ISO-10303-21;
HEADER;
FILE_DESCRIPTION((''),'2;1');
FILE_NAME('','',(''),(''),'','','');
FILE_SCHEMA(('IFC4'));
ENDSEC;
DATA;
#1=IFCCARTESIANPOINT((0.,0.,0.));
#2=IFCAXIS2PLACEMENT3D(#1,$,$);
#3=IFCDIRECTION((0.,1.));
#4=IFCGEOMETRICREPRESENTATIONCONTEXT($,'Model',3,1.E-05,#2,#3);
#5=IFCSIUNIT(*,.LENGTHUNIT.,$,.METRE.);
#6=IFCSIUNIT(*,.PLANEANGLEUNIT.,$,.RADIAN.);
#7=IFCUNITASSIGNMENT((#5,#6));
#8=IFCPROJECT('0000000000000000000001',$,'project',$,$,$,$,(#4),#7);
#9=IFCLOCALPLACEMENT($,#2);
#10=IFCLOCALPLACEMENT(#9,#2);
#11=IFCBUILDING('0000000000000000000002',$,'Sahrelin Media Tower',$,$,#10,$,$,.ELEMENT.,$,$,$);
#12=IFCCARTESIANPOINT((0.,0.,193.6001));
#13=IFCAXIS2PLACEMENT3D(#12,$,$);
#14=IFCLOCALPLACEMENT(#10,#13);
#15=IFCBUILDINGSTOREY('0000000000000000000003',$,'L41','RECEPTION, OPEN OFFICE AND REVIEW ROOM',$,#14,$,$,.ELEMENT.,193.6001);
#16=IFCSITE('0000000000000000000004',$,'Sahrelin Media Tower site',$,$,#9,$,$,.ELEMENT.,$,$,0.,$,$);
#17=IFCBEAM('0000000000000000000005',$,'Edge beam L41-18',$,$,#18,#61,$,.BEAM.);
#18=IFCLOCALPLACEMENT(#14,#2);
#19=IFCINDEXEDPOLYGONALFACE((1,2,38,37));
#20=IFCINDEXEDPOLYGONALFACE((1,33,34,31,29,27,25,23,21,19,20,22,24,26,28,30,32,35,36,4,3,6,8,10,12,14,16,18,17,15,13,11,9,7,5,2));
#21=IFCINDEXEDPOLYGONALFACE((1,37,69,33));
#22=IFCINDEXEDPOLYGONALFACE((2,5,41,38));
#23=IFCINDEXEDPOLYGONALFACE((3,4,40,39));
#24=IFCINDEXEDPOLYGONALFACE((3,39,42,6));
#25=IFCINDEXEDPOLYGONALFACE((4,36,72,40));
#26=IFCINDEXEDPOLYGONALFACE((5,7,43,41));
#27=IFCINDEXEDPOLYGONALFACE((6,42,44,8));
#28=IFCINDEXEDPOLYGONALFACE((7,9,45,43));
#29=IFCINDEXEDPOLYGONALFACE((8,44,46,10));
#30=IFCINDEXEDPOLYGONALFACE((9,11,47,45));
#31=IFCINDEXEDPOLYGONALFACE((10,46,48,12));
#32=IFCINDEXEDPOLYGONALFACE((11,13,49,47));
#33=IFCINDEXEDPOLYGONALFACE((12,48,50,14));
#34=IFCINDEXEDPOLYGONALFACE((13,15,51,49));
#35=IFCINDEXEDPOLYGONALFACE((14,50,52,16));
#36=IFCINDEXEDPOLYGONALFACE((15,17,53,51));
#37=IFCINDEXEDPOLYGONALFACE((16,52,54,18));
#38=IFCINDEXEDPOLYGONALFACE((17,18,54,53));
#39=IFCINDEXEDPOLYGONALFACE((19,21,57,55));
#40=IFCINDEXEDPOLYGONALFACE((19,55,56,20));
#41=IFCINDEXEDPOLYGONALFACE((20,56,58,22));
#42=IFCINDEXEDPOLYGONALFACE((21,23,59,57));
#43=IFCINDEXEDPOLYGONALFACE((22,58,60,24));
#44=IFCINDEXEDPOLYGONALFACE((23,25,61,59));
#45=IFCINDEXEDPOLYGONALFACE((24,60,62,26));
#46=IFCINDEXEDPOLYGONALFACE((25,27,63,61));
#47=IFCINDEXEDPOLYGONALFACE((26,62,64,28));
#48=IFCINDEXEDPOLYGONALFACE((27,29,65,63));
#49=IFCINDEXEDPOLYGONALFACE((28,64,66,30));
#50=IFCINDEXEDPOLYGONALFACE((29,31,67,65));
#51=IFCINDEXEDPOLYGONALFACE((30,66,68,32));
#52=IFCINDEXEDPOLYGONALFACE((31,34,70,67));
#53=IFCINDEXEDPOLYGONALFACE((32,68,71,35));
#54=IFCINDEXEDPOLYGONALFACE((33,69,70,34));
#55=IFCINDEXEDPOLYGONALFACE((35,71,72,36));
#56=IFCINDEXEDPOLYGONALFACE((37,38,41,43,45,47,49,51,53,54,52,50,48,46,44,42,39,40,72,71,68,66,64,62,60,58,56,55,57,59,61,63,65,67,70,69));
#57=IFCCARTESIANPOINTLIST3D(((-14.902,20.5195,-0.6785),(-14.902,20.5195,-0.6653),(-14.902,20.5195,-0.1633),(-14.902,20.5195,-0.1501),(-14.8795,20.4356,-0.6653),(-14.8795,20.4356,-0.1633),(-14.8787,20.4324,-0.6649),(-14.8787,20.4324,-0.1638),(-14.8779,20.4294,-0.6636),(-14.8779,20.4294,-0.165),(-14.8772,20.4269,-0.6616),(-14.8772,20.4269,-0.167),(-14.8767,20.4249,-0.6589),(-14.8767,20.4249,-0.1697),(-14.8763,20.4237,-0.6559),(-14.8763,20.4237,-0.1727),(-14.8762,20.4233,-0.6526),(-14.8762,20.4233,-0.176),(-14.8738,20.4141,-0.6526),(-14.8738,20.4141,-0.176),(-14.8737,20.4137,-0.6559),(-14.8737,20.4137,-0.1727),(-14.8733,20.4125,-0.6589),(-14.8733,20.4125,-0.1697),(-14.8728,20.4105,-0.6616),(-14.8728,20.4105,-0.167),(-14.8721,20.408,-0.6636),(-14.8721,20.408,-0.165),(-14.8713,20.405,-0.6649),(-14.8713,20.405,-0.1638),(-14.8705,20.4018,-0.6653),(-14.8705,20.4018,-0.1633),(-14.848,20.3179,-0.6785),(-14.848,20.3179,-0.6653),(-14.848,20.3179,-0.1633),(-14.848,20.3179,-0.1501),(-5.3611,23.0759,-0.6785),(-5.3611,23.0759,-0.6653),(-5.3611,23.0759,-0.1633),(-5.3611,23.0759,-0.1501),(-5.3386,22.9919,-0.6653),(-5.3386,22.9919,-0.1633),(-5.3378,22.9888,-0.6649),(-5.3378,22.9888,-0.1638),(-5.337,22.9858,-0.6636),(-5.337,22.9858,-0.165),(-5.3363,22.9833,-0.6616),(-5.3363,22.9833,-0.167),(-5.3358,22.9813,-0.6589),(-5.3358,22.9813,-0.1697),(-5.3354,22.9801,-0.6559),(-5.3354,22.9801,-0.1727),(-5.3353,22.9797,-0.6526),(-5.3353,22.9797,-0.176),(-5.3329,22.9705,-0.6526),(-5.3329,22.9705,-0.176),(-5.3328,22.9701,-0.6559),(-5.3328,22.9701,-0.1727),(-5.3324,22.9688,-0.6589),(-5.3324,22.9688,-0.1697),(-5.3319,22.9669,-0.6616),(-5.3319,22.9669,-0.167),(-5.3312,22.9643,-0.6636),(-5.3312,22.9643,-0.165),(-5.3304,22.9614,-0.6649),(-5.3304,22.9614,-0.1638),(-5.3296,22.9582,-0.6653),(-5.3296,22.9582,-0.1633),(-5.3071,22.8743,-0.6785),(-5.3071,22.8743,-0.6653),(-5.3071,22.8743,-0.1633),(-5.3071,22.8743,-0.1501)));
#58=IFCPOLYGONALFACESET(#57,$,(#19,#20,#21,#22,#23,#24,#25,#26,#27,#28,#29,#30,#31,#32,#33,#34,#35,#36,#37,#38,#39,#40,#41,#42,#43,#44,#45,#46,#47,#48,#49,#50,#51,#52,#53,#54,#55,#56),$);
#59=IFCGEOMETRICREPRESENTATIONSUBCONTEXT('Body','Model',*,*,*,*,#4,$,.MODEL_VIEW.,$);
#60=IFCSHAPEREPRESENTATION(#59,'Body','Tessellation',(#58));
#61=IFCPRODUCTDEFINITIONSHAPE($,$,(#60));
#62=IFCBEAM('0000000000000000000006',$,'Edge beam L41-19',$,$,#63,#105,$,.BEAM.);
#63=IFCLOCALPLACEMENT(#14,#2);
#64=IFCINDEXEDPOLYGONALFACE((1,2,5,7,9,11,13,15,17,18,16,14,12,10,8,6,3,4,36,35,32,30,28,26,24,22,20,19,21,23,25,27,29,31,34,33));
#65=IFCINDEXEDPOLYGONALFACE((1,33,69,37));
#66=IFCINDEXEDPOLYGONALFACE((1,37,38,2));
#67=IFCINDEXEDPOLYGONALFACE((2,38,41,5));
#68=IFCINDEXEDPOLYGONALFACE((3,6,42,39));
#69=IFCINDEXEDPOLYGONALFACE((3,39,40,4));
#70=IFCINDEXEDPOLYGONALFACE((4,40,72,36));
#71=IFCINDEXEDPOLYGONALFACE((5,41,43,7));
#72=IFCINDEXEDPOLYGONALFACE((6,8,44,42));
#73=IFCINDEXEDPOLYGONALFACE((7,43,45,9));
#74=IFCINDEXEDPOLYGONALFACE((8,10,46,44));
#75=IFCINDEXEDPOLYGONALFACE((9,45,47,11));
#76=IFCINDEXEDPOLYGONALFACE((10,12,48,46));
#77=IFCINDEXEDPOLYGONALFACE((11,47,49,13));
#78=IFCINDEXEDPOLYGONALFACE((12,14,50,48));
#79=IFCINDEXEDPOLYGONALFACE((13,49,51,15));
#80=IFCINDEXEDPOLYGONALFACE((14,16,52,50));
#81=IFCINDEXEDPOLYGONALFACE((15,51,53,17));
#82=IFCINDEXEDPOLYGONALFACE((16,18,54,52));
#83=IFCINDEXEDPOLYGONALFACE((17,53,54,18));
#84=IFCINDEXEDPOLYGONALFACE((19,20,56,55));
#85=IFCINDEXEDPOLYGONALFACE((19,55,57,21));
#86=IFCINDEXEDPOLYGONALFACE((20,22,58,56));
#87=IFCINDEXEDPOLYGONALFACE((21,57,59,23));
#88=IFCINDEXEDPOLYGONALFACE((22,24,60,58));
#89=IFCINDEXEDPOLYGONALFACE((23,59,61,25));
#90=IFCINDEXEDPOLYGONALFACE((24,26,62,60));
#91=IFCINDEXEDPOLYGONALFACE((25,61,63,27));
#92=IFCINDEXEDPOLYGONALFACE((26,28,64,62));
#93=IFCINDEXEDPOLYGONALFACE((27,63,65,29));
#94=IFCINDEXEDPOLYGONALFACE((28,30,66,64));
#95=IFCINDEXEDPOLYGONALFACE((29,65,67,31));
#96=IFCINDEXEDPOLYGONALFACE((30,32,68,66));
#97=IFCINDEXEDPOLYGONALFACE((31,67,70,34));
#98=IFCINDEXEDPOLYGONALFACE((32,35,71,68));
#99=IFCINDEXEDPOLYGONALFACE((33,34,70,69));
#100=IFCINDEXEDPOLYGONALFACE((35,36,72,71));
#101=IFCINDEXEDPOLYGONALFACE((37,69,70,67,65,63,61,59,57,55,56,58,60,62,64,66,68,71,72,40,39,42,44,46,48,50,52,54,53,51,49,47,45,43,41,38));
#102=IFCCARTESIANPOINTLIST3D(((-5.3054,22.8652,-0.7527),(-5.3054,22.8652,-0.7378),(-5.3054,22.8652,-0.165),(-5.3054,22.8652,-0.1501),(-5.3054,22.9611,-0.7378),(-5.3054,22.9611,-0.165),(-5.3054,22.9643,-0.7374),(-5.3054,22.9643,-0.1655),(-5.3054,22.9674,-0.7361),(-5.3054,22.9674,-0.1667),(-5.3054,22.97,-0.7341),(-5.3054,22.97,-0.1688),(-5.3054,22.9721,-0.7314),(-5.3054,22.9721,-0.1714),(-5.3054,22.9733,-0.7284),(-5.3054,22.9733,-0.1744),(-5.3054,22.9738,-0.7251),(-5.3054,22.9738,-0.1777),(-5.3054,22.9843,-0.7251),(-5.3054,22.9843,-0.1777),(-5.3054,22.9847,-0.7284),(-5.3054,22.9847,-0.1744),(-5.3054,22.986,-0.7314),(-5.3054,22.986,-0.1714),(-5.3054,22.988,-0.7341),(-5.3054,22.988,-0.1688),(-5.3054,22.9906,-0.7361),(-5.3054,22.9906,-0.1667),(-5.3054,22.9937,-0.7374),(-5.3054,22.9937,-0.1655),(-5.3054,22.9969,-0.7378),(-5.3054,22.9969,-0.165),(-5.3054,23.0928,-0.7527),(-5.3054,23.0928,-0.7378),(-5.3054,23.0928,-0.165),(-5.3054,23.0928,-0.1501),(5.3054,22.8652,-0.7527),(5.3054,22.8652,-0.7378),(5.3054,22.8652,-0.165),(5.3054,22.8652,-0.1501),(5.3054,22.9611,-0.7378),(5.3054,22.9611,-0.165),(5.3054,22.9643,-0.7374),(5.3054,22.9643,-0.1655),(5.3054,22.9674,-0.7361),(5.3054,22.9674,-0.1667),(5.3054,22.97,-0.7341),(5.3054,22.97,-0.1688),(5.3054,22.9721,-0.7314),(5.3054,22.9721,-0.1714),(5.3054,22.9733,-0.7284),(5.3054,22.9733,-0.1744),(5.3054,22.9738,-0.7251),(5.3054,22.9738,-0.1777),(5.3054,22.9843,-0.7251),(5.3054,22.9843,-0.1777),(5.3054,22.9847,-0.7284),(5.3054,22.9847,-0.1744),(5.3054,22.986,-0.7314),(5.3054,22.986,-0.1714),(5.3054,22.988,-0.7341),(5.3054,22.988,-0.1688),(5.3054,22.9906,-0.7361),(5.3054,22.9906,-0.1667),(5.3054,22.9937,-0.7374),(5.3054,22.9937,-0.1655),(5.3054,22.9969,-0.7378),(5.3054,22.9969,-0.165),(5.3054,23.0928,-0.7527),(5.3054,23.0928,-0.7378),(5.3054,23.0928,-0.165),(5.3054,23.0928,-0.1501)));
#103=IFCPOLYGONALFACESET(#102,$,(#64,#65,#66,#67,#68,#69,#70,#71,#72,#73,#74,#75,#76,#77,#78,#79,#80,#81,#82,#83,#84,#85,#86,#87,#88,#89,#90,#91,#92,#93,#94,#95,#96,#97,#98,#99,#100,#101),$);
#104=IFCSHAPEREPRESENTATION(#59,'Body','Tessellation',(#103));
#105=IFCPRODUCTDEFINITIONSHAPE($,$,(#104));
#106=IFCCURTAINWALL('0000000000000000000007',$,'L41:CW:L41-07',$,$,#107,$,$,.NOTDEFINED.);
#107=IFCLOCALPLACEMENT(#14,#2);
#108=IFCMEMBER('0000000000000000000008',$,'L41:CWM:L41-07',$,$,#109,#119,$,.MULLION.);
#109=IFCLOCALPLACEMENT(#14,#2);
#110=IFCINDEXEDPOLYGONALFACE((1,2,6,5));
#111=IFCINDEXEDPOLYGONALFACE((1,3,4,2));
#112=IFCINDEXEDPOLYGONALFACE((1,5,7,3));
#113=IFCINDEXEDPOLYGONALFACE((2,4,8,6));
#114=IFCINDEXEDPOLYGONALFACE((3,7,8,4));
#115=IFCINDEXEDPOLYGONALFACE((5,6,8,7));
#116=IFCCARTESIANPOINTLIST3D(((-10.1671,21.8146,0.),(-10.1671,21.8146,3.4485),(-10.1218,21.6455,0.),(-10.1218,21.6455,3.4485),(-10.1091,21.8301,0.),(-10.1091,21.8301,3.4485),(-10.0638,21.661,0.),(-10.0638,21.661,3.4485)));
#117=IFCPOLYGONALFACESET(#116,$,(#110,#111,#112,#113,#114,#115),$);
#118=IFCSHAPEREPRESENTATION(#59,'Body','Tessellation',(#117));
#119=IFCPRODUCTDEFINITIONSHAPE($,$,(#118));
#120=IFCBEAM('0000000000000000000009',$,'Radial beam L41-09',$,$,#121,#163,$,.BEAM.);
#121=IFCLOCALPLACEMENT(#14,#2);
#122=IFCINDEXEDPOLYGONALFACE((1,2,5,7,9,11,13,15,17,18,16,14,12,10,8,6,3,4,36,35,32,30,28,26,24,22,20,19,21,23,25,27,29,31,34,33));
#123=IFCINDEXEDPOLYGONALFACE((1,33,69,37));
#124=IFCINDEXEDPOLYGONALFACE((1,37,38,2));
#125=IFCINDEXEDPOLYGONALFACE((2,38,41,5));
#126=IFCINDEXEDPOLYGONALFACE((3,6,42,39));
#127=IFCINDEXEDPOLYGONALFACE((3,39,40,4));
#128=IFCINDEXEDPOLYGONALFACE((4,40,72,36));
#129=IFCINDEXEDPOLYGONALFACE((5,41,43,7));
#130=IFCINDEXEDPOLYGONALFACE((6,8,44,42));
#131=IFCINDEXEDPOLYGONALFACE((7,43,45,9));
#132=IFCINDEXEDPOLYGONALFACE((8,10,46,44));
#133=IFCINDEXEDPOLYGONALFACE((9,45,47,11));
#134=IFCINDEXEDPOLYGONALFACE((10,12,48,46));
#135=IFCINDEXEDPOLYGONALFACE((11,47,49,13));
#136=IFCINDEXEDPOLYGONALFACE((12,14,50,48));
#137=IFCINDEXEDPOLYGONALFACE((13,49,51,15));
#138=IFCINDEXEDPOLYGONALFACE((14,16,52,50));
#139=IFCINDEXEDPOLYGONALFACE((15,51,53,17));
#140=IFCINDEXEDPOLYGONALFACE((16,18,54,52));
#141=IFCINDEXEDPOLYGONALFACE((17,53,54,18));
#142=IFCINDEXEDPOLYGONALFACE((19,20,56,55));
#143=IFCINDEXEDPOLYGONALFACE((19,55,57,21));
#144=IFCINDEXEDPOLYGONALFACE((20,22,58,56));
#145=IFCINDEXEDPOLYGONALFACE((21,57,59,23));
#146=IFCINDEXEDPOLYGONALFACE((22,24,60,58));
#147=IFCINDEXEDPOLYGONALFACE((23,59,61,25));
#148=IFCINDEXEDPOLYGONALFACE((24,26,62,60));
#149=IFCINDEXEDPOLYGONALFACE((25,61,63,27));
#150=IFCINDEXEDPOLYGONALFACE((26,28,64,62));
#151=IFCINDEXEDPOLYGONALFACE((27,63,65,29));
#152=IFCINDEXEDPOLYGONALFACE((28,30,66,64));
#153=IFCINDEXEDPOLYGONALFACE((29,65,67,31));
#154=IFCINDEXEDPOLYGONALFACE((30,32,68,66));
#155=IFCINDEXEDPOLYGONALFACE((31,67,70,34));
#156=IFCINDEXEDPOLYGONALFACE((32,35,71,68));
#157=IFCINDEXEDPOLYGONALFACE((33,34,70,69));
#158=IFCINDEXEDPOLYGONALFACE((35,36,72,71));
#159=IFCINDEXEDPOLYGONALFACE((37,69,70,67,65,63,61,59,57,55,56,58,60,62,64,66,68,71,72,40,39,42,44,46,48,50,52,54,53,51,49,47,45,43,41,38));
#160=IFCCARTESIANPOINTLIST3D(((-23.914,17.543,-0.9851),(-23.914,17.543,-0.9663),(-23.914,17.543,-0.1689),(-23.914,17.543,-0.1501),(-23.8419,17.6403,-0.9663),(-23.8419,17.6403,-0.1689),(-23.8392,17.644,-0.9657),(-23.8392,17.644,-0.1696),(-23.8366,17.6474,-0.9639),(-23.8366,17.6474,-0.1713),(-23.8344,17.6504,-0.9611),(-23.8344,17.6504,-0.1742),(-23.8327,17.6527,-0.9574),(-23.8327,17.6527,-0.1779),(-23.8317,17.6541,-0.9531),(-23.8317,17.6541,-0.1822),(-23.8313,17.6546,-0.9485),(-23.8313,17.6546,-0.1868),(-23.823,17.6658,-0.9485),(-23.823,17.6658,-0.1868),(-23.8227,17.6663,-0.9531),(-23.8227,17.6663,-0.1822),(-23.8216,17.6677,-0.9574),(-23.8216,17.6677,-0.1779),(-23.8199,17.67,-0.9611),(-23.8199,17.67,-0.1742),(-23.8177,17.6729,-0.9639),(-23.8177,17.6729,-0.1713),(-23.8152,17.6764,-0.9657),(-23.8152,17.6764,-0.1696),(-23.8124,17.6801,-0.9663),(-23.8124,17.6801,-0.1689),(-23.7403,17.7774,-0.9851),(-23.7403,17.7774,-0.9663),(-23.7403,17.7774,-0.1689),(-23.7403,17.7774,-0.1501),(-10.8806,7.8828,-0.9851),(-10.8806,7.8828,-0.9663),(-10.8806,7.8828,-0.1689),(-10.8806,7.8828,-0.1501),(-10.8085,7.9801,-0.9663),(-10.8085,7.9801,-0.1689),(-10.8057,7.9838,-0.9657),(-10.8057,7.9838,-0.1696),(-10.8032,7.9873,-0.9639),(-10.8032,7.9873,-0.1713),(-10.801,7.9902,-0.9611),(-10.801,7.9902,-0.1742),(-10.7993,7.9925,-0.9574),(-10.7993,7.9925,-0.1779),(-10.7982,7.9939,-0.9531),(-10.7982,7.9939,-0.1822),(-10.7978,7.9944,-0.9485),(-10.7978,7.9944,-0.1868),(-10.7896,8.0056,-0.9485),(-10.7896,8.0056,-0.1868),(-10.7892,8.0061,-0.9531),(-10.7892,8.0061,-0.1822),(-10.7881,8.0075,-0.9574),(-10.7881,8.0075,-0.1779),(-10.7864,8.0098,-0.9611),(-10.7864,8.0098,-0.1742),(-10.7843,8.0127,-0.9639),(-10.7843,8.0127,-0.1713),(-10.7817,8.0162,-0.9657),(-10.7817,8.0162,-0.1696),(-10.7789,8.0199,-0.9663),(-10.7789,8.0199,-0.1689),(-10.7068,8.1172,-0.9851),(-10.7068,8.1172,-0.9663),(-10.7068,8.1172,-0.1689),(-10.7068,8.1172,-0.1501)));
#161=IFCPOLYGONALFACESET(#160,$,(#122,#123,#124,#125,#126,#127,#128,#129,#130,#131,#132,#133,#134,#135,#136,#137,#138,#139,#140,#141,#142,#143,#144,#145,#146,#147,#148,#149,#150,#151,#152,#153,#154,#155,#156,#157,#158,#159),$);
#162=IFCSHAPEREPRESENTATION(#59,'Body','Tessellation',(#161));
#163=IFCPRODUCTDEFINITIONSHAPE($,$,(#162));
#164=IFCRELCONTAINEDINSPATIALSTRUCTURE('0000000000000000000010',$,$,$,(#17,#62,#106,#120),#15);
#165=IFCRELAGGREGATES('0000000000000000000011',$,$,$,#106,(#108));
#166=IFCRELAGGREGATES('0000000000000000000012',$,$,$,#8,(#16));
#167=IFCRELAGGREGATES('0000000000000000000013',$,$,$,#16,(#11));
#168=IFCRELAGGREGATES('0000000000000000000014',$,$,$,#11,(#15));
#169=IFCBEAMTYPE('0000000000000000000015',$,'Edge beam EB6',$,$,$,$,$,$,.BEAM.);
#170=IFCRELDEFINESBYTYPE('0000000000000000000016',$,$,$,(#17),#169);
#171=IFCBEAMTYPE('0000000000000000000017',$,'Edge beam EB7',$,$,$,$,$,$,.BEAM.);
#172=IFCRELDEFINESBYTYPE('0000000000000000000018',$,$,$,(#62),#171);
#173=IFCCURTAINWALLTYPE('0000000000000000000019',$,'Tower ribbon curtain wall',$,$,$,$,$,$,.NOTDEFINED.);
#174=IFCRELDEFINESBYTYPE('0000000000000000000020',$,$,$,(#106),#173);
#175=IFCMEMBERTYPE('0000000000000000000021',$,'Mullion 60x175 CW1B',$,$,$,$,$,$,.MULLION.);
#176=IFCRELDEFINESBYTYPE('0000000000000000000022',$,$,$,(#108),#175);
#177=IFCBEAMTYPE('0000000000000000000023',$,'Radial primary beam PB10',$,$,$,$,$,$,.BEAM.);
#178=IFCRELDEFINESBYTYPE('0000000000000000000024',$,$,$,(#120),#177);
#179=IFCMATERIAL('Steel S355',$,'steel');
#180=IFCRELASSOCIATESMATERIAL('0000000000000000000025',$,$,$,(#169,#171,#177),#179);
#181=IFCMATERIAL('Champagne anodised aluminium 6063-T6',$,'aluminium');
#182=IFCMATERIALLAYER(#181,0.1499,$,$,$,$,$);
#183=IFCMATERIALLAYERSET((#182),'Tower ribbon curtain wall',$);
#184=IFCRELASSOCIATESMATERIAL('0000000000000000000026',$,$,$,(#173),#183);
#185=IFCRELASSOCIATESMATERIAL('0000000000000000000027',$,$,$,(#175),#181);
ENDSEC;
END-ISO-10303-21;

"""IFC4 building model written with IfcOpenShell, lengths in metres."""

from ifc_helpers import new_model, si_unit, direction, frame, origin, origin_2d, place, context, subcontext, project, spatial, rectangle, i_section, extrude, material, layer, layer_set, material_profile, profile_set, type_object, element, aggregate, save


model = new_model("IFC4")

# Units and contexts
model_context = context("Model", 3, precision=1e-05, world=origin(), true_north=direction((0.0, 1.0)))
body_context = subcontext(model_context, "Body", "Model", "MODEL_VIEW")
ifc_project = project(units=[si_unit("LENGTHUNIT", "METRE"), si_unit("PLANEANGLEUNIT", "RADIAN")], contexts=[model_context])

# Site, building, storey
site_placement = place(None, origin())
site = spatial("IfcSite", under=ifc_project, at=site_placement, Name="Sahrelin Media Tower site", CompositionType="ELEMENT", RefElevation=0.0)
building_placement = place(site_placement, origin())
building = spatial("IfcBuilding", under=site, at=building_placement, Name="Sahrelin Media Tower", CompositionType="ELEMENT")
storey_placement = place(building_placement, frame((0.0, 0.0, 193.6001)))
storey = spatial("IfcBuildingStorey", under=building, at=storey_placement, Name="L41", Description="RECEPTION, OPEN OFFICE AND REVIEW ROOM", CompositionType="ELEMENT", Elevation=193.6001)

# Beams
ifc_material_1 = material(Name="Steel S355", Category="steel")
ifc_material_profile_1 = material_profile(ifc_material_1, i_section(OverallWidth=0.2087, OverallDepth=0.5283, WebThickness=0.0095, FlangeThickness=0.0132, FilletRadius=0.0127, at=origin_2d()), Name="UB 533x210x82")
ifc_profile_set_1 = profile_set([ifc_material_profile_1], Name="Steel S355")
beam_type_1 = type_object("IfcBeamType", Name="Edge beam EB6", PredefinedType="BEAM", material=ifc_profile_set_1)
beam_1_placement = place(storey_placement, frame((-14.875, 20.4187, -0.4143), z_axis=(0.965929, 0.258809, 0.0), x_axis=(-0.258809, 0.965929, 0.0)))
element("IfcBeam", 1, at=beam_1_placement, inside=storey, type_object=beam_type_1, Name="Edge beam L41-18", PredefinedType="BEAM", context=body_context, shape_type="SweptSolid", body=[
    extrude(i_section(OverallWidth=0.2087, OverallDepth=0.5283, WebThickness=0.0095, FlangeThickness=0.0132, FilletRadius=0.0127, at=origin_2d()), origin(), (0.0, 0.0, 1.0), 9.8774),
])
ifc_material_profile_2 = material_profile(ifc_material_1, i_section(OverallWidth=0.2275, OverallDepth=0.6025, WebThickness=0.0105, FlangeThickness=0.0149, FilletRadius=0.0127, at=origin_2d()), Name="UB 610x229x101")
ifc_profile_set_2 = profile_set([ifc_material_profile_2], Name="Steel S355")
beam_type_2 = type_object("IfcBeamType", Name="Edge beam EB7", PredefinedType="BEAM", material=ifc_profile_set_2)
beam_2_placement = place(storey_placement, frame((-5.3054, 22.979, -0.4514), z_axis=(1.0, 0.0, 0.0), x_axis=(0.0, 1.0, 0.0)))
element("IfcBeam", 2, at=beam_2_placement, inside=storey, type_object=beam_type_2, Name="Edge beam L41-19", PredefinedType="BEAM", context=body_context, shape_type="SweptSolid", body=[
    extrude(i_section(OverallWidth=0.2275, OverallDepth=0.6025, WebThickness=0.0105, FlangeThickness=0.0149, FilletRadius=0.0127, at=origin_2d()), origin(), (0.0, 0.0, 1.0), 10.6108),
])

# Curtain wall, member
ifc_material_2 = material(Name="Champagne anodised aluminium 6063-T6", Category="aluminium")
ifc_layer_1 = layer(ifc_material_2, 0.1499)
ifc_layer_set_1 = layer_set([ifc_layer_1], Name="Tower ribbon curtain wall")
curtain_wall_type = type_object("IfcCurtainWallType", Name="Tower ribbon curtain wall", PredefinedType="NOTDEFINED", material=ifc_layer_set_1)
curtain_wall_1_placement = place(storey_placement, frame((-10.1433, 21.8418, 0.0), z_axis=(0.0, 0.0, 1.0), x_axis=(1.0, 0.0, 0.0)))
curtain_wall_1 = element("IfcCurtainWall", 3, at=curtain_wall_1_placement, inside=storey, type_object=curtain_wall_type, Name="L41:CW:L41-07", PredefinedType="NOTDEFINED")
ifc_material_profile_3 = material_profile(ifc_material_2, rectangle(XDim=0.0601, YDim=0.175, at=origin_2d()), Name="Mullion 60x175")
ifc_profile_set_3 = profile_set([ifc_material_profile_3], Name="Champagne anodised aluminium 6063-T6")
member_type_1 = type_object("IfcMemberType", Name="Mullion 60x175 CW1B", PredefinedType="MULLION", material=ifc_profile_set_3)
member_1_placement = place(storey_placement, frame((-10.1155, 21.7378, 0.0), z_axis=(0.0, 0.0, 1.0), x_axis=(-0.965925, -0.258822, 0.0)))
member_1 = element("IfcMember", 4, at=member_1_placement, type_object=member_type_1, Name="L41:CWM:L41-07", PredefinedType="MULLION", context=body_context, shape_type="SweptSolid", body=[
    extrude(rectangle(XDim=0.0601, YDim=0.175, at=origin_2d()), origin(), (0.0, 0.0, 1.0), 3.4485),
])

# Beam
ifc_material_profile_4 = material_profile(ifc_material_1, i_section(OverallWidth=0.2917, OverallDepth=0.835, WebThickness=0.0139, FlangeThickness=0.0188, FilletRadius=0.0178, at=origin_2d()), Name="UB 838x292x176")
ifc_profile_set_4 = profile_set([ifc_material_profile_4], Name="Steel S355")
beam_type_3 = type_object("IfcBeamType", Name="Radial primary beam PB10", PredefinedType="BEAM", material=ifc_profile_set_4)
beam_3_placement = place(storey_placement, frame((-10.7937, 8.0, -0.5676), z_axis=(-0.803388, 0.595456, 0.0), x_axis=(-0.595456, -0.803388, 0.0)))
element("IfcBeam", 5, at=beam_3_placement, inside=storey, type_object=beam_type_3, Name="Radial beam L41-09", PredefinedType="BEAM", context=body_context, shape_type="SweptSolid", body=[
    extrude(i_section(OverallWidth=0.2917, OverallDepth=0.835, WebThickness=0.0139, FlangeThickness=0.0188, FilletRadius=0.0178, at=origin_2d()), origin(), (0.0, 0.0, 1.0), 16.2231),
])

aggregate(curtain_wall_1, [member_1])

save(model, "model.ifc")
